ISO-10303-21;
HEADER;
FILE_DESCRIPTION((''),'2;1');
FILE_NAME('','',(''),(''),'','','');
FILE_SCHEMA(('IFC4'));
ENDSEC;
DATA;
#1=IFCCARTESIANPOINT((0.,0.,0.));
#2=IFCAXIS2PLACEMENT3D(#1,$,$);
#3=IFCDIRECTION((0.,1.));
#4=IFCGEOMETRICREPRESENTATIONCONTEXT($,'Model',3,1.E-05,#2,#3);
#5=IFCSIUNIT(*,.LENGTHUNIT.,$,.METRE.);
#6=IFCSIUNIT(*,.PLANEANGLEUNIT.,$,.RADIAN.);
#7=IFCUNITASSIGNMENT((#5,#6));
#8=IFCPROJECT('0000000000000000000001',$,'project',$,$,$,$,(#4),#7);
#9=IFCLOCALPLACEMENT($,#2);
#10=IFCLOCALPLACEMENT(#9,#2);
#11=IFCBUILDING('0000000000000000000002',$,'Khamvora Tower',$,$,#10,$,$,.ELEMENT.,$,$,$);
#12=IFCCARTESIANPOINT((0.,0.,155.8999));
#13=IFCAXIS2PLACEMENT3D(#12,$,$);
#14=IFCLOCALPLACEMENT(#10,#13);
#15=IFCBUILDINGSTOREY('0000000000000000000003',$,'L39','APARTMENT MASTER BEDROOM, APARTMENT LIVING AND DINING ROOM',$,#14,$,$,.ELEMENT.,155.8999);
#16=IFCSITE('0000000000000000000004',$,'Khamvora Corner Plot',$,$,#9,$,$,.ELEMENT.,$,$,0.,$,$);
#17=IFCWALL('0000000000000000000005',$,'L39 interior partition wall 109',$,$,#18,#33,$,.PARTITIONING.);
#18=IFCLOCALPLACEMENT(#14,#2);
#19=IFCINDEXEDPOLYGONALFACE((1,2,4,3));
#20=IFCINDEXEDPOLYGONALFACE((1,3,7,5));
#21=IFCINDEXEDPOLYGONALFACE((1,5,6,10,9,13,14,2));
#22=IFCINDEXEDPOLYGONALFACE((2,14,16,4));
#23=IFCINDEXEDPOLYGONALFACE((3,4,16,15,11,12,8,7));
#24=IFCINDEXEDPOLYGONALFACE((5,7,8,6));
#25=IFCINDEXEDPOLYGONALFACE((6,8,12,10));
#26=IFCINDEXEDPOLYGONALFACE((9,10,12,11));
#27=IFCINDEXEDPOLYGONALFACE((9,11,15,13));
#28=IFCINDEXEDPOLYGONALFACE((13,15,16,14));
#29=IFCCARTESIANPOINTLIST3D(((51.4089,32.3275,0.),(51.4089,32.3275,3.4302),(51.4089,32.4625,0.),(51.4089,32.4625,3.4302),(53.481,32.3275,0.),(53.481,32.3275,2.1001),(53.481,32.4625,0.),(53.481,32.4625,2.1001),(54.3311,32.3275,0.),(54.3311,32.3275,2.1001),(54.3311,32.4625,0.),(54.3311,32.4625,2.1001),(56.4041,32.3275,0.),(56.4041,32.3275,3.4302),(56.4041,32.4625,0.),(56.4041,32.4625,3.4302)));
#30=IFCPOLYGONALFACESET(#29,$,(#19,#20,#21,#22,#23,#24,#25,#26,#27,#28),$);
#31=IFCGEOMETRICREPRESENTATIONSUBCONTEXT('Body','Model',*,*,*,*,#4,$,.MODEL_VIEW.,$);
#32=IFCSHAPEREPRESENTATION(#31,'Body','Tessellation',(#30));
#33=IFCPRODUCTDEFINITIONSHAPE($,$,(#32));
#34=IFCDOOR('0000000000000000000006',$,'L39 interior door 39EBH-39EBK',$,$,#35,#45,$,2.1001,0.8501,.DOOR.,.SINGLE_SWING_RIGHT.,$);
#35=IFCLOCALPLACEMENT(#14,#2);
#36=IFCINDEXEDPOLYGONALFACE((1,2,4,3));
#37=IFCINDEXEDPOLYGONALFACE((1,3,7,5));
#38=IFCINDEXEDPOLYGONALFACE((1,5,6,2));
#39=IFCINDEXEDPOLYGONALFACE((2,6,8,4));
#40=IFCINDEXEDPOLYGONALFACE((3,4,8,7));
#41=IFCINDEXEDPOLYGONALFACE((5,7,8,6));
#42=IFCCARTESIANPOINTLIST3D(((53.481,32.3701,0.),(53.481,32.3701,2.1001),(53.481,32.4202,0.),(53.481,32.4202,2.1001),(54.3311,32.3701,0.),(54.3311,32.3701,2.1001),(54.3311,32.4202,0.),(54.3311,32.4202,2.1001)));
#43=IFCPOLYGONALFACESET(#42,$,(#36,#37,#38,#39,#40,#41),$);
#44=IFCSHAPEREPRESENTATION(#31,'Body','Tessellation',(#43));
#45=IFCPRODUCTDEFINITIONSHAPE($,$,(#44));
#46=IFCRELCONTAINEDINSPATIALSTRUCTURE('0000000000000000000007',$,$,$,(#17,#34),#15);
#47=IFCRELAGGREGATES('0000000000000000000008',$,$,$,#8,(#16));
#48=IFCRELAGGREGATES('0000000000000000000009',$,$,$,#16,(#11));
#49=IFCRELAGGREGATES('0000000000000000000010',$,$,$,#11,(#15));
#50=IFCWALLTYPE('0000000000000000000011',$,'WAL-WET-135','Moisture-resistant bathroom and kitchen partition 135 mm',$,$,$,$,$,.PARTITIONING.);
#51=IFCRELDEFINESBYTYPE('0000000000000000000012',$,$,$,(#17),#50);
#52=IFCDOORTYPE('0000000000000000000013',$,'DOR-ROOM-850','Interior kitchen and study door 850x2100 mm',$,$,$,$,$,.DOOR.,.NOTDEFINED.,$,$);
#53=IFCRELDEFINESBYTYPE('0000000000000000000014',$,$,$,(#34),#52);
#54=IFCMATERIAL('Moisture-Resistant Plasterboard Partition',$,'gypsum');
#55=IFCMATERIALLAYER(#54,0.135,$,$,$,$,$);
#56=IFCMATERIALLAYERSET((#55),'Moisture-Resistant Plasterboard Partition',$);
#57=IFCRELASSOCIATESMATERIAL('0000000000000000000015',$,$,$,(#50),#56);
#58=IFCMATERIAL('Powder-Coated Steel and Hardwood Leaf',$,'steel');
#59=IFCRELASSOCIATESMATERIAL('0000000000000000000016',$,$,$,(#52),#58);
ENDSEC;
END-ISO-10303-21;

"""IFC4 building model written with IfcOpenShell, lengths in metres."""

from ifc_helpers import new_model, si_unit, direction, frame, frame_2d, origin, place, context, subcontext, project, spatial, rectangle, extrude, material, layer, layer_set, type_object, element, fill, save


model = new_model("IFC4")

# Units and contexts
model_context = context("Model", 3, precision=1e-05, world=origin(), true_north=direction((0.0, 1.0)))
body_context = subcontext(model_context, "Body", "Model", "MODEL_VIEW")
ifc_project = project(units=[si_unit("LENGTHUNIT", "METRE"), si_unit("PLANEANGLEUNIT", "RADIAN")], contexts=[model_context])

# Site, building, storey
site_placement = place(None, origin())
site = spatial("IfcSite", under=ifc_project, at=site_placement, Name="Khamvora Corner Plot", CompositionType="ELEMENT", RefElevation=0.0)
building_placement = place(site_placement, origin())
building = spatial("IfcBuilding", under=site, at=building_placement, Name="Khamvora Tower", CompositionType="ELEMENT")
storey_placement = place(building_placement, frame((0.0, 0.0, 155.8999)))
storey = spatial("IfcBuildingStorey", under=building, at=storey_placement, Name="L39", Description="APARTMENT MASTER BEDROOM, APARTMENT LIVING AND DINING ROOM", CompositionType="ELEMENT", Elevation=155.8999)

# Shared definitions
ifc_material_1 = material(Name="Powder-Coated Steel and Hardwood Leaf", Category="steel")

# Shared definitions
ifc_material_2 = material(Name="Moisture-Resistant Plasterboard Partition", Category="gypsum")
ifc_layer_1 = layer(ifc_material_2, 0.135)
ifc_layer_set_1 = layer_set([ifc_layer_1], Name="Moisture-Resistant Plasterboard Partition")
wall_type_1 = type_object("IfcWallType", Name="WAL-WET-135", Description="Moisture-resistant bathroom and kitchen partition 135 mm", PredefinedType="PARTITIONING", material=ifc_layer_set_1)

# Wall, opening, door
wall_1_placement = place(storey_placement, frame((56.4041, 32.395, 0.0), z_axis=(0.0, 0.0, 1.0), x_axis=(-1.0, 0.0, 0.0)))
wall_1 = element("IfcWall", 1, at=wall_1_placement, inside=storey, type_object=wall_type_1, Name="L39 interior partition wall 109", PredefinedType="PARTITIONING", context=body_context, shape_type="SweptSolid", body=[
    extrude(rectangle(XDim=4.9951, YDim=0.135, at=frame_2d((2.4976, 0.0))), origin(), (0.0, 0.0, 1.0), 3.4302),
])
opening_1_placement = place(wall_1_placement, frame((2.073, 0.0, 0.0)))
opening_1 = element("IfcOpeningElement", 2, at=opening_1_placement, cuts=wall_1, PredefinedType="OPENING", context=body_context, shape_type="SweptSolid", body=[
    extrude(rectangle(XDim=0.8501, YDim=2.1001, at=frame_2d((0.425, 1.05))), frame((0.0, 0.0774, 0.0), z_axis=(0.0, -1.0, 0.0), x_axis=(1.0, 0.0, 0.0)), (0.0, 0.0, 1.0), 0.155),
])
door_type_1 = type_object("IfcDoorType", Name="DOR-ROOM-850", Description="Interior kitchen and study door 850x2100 mm", OperationType="NOTDEFINED", PredefinedType="DOOR", material=ifc_material_1)
door_1_placement = place(opening_1_placement, origin())
door_1 = element("IfcDoor", 3, at=door_1_placement, inside=storey, type_object=door_type_1, Name="L39 interior door 39EBH-39EBK", OperationType="SINGLE_SWING_RIGHT", OverallHeight=2.1001, OverallWidth=0.8501, PredefinedType="DOOR", context=body_context, shape_type="SweptSolid", body=[
    extrude(rectangle(XDim=0.8501, YDim=2.1001, at=frame_2d((0.425, 1.05))), frame((0.0, 0.0249, 0.0), z_axis=(0.0, -1.0, 0.0), x_axis=(1.0, 0.0, 0.0)), (0.0, 0.0, 1.0), 0.05),
])
fill(opening_1, door_1)

save(model, "model.ifc")
